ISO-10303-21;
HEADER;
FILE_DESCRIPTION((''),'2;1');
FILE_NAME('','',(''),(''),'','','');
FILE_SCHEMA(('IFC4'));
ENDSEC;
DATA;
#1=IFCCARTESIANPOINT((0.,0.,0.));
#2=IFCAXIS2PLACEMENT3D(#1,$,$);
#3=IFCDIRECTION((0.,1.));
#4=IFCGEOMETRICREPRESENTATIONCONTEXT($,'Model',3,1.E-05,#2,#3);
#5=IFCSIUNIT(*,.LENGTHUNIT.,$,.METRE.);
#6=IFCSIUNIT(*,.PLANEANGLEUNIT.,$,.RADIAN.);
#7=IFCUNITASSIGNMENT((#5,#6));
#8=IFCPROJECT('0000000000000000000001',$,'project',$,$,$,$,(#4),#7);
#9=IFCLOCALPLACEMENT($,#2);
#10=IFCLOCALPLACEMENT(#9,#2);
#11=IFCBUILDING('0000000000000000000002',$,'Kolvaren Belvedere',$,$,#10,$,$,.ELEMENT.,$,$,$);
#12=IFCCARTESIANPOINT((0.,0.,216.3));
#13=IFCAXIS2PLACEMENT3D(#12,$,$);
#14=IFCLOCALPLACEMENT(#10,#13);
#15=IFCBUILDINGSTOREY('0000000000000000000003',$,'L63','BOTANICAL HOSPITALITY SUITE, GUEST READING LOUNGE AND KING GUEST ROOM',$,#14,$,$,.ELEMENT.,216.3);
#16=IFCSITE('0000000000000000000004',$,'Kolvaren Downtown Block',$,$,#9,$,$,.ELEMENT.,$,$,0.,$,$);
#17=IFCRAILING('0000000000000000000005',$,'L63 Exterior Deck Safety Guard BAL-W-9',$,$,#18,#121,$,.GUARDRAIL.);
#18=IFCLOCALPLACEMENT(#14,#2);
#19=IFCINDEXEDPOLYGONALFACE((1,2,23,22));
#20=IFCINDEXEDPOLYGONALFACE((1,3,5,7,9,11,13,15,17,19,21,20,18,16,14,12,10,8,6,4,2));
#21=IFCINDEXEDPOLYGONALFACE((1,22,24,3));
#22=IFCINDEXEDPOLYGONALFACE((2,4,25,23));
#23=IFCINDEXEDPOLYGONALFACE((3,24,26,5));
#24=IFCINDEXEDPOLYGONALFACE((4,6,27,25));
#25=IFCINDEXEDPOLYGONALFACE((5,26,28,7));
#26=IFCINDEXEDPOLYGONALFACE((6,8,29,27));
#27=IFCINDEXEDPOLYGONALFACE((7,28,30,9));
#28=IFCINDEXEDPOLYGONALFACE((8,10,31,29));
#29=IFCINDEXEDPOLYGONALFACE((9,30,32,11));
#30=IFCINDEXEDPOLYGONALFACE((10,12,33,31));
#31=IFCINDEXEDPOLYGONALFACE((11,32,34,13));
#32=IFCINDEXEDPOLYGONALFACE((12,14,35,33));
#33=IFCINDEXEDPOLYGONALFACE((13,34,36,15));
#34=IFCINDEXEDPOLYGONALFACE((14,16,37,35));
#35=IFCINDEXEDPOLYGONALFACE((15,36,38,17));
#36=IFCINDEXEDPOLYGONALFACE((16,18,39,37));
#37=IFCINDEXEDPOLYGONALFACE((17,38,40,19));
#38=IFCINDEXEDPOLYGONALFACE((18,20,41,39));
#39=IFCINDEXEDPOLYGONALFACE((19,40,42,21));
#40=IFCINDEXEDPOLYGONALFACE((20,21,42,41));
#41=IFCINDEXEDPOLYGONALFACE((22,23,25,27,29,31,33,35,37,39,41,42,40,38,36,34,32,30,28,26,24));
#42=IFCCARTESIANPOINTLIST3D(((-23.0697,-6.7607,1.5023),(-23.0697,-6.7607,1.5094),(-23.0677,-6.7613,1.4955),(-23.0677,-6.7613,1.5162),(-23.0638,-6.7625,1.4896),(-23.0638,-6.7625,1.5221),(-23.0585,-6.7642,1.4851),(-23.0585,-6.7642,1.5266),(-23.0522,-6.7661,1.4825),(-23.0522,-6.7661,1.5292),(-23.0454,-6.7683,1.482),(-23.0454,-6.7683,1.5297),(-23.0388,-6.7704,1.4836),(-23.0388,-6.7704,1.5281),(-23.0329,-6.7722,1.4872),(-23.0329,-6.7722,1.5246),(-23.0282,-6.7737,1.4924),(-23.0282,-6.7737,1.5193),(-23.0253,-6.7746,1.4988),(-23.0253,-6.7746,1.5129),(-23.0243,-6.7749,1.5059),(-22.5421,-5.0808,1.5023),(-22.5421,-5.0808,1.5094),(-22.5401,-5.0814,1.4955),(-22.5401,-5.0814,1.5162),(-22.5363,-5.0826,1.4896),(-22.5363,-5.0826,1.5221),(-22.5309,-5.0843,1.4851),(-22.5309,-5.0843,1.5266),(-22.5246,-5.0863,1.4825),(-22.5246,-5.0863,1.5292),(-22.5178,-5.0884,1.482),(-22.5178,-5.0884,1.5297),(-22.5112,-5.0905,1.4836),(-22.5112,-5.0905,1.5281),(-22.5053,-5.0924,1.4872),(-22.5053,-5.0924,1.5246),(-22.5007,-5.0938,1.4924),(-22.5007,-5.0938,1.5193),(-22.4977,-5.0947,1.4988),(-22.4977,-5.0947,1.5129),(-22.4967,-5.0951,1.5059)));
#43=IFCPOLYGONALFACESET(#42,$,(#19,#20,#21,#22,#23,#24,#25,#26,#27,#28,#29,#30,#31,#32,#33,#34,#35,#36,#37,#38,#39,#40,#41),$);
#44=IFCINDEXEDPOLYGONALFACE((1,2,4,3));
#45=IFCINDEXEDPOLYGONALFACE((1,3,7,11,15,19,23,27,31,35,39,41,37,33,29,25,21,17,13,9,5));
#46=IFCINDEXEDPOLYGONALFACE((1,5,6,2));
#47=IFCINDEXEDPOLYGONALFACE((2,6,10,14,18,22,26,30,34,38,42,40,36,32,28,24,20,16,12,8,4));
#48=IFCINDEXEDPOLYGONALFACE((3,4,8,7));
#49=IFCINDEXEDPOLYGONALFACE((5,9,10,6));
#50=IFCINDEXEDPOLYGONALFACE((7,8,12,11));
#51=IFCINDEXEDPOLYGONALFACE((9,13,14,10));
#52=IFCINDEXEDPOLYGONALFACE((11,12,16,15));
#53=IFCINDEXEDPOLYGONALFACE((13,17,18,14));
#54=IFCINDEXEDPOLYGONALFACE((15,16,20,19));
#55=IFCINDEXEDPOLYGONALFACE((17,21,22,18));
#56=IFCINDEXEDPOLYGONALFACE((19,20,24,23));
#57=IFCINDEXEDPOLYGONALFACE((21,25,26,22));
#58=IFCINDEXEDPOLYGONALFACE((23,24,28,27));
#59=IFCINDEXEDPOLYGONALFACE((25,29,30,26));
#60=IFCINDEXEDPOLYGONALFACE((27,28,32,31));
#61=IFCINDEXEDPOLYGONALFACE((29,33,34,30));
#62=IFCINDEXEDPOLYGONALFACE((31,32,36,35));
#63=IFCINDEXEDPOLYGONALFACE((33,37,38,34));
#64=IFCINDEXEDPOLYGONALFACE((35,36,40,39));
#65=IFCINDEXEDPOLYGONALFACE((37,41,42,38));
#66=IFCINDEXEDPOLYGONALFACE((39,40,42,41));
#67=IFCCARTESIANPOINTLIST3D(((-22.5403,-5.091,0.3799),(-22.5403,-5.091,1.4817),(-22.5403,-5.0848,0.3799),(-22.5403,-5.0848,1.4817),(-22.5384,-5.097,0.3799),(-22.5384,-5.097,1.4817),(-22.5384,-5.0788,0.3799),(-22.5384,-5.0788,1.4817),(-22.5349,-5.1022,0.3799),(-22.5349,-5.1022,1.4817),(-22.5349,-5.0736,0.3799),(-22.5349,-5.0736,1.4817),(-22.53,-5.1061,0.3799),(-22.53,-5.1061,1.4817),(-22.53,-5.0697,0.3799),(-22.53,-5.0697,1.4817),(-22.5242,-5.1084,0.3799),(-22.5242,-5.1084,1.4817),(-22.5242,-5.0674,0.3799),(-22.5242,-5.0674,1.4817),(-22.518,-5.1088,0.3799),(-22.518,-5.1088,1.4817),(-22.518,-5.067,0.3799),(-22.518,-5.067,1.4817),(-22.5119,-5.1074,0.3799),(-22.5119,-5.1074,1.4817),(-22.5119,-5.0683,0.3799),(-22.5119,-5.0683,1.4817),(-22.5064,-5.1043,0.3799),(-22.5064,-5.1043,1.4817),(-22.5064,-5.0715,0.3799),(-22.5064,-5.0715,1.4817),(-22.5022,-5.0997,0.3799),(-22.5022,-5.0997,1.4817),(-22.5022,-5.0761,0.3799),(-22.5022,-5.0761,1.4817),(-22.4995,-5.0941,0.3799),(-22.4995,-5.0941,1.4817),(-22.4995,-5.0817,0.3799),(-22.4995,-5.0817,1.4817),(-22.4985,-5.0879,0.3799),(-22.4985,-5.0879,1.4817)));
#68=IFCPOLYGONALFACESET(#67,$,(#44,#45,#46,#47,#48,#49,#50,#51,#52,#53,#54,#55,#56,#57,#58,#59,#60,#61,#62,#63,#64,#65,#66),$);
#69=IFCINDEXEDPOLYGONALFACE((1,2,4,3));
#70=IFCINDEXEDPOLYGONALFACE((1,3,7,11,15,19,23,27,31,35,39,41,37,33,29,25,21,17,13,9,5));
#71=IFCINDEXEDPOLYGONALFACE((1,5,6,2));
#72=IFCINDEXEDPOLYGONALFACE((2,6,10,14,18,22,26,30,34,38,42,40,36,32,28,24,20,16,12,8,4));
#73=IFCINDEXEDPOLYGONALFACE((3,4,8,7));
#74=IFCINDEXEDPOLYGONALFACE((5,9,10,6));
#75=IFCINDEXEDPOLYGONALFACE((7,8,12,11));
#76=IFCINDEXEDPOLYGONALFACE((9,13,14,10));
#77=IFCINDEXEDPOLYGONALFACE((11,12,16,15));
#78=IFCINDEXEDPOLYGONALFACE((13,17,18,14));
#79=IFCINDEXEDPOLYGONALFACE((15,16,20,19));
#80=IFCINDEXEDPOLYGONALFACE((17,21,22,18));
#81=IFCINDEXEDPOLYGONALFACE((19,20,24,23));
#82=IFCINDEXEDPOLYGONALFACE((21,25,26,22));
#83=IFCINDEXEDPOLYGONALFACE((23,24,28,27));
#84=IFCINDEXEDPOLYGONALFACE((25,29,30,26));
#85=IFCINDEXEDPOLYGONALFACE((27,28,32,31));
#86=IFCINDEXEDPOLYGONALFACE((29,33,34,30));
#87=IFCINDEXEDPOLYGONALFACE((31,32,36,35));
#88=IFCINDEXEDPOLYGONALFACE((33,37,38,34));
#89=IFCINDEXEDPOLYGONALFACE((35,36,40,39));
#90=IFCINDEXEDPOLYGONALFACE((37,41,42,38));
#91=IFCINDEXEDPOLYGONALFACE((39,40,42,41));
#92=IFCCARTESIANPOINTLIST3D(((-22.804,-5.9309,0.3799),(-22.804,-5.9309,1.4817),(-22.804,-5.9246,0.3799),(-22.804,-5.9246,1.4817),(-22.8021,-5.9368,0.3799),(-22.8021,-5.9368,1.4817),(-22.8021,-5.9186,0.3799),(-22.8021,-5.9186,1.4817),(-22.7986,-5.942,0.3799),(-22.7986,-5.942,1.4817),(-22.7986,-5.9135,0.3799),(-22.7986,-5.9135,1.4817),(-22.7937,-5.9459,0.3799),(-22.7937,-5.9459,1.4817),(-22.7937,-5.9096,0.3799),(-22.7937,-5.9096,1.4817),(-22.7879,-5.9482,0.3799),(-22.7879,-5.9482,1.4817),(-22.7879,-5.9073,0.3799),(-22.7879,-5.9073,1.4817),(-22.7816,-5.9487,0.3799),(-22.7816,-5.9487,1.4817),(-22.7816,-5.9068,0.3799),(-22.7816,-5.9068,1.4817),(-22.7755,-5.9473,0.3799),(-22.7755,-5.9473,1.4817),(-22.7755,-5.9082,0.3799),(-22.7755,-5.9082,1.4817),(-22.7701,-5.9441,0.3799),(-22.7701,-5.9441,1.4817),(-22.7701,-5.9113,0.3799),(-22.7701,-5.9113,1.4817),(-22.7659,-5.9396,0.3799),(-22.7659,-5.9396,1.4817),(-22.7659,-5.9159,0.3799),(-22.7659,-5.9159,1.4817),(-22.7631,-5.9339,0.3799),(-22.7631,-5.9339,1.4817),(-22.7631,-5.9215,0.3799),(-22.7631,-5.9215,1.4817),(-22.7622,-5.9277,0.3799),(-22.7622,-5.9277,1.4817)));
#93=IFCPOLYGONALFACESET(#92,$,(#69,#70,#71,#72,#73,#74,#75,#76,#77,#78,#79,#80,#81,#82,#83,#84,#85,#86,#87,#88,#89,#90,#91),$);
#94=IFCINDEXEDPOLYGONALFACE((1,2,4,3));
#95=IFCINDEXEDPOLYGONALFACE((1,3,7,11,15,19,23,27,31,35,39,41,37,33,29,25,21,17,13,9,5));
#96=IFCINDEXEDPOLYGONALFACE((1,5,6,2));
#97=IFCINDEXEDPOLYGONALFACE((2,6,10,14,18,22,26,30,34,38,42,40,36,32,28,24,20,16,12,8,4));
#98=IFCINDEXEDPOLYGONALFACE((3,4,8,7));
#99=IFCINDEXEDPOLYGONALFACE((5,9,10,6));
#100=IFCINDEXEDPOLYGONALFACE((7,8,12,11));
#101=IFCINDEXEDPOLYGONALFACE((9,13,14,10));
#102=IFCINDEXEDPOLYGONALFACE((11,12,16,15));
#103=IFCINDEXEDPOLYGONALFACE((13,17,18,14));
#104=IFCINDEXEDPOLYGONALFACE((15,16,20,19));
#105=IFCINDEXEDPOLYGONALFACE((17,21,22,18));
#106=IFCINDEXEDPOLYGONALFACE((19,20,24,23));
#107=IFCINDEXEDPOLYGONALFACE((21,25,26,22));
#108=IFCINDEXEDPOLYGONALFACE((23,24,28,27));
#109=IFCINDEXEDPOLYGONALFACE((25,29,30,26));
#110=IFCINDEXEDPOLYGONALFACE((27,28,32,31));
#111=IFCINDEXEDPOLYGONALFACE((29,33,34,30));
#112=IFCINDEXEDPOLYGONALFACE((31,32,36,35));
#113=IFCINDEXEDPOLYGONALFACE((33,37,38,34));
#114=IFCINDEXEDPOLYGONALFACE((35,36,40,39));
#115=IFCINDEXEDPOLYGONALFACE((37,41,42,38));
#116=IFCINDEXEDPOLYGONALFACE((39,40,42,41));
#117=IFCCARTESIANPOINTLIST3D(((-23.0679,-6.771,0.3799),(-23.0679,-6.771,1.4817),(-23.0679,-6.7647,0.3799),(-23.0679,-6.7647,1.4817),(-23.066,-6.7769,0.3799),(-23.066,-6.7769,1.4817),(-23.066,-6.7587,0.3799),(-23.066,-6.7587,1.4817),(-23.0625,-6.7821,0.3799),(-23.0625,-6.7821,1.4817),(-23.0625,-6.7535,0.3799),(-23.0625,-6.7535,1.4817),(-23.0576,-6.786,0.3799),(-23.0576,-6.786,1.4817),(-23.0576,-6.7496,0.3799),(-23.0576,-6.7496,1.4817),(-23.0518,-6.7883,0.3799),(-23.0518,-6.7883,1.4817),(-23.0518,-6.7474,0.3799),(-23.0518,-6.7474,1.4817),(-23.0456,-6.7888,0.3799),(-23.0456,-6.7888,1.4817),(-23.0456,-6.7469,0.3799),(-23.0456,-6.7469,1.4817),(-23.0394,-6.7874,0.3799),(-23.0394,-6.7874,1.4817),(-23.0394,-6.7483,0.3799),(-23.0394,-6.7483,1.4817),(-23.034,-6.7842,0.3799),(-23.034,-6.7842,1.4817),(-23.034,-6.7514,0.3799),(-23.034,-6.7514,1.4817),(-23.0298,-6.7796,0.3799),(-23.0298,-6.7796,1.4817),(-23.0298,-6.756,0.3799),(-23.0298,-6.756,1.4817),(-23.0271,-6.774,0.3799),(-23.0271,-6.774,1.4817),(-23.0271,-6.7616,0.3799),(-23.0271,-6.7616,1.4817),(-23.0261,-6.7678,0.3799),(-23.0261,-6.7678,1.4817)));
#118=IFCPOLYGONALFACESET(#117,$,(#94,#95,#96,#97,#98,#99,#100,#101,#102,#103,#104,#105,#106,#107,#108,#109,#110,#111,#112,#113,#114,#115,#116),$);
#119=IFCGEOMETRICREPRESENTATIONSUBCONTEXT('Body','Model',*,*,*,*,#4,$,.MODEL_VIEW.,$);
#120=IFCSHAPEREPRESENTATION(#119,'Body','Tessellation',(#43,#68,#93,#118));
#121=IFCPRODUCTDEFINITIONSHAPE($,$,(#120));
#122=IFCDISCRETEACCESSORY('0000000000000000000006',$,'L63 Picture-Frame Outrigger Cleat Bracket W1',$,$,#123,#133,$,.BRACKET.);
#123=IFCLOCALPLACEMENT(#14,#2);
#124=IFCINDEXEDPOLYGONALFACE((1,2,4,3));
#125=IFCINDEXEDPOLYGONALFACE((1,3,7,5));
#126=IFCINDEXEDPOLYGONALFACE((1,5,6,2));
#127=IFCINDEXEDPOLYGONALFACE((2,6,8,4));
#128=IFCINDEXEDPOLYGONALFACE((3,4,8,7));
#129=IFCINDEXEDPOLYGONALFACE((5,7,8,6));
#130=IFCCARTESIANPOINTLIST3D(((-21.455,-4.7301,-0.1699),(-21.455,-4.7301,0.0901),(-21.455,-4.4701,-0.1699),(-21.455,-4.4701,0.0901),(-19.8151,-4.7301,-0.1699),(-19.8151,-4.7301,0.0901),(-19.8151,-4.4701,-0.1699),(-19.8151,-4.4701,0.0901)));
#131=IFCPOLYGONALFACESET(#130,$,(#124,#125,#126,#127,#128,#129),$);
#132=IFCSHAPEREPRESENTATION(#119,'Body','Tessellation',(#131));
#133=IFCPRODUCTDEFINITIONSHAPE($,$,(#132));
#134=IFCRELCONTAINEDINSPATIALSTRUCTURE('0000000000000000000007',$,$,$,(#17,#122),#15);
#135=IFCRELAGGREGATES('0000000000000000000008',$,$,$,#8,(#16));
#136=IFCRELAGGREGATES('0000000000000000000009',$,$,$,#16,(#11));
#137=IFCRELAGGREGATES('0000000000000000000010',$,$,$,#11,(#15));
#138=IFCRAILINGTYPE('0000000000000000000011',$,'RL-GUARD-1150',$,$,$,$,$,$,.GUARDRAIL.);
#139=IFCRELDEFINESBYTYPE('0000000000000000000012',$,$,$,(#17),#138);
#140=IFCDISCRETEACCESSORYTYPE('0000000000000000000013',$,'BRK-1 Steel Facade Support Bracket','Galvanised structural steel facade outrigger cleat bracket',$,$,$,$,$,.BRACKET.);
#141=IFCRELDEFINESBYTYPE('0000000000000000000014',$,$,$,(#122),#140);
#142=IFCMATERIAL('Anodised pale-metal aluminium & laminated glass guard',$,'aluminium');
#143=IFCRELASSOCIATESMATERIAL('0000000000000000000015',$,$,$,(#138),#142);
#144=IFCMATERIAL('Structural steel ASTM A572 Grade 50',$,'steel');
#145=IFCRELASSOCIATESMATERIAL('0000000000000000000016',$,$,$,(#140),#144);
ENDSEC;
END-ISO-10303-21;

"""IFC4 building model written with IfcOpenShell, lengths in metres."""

from ifc_helpers import new_model, si_unit, direction, frame, origin, origin_2d, place, context, subcontext, project, spatial, rectangle, circle, extrude, material, type_object, element, save


model = new_model("IFC4")

# Units and contexts
model_context = context("Model", 3, precision=1e-05, world=origin(), true_north=direction((0.0, 1.0)))
body_context = subcontext(model_context, "Body", "Model", "MODEL_VIEW")
ifc_project = project(units=[si_unit("LENGTHUNIT", "METRE"), si_unit("PLANEANGLEUNIT", "RADIAN")], contexts=[model_context])

# Site, building, storey
site_placement = place(None, origin())
site = spatial("IfcSite", under=ifc_project, at=site_placement, Name="Kolvaren Downtown Block", CompositionType="ELEMENT", RefElevation=0.0)
building_placement = place(site_placement, origin())
building = spatial("IfcBuilding", under=site, at=building_placement, Name="Kolvaren Belvedere", CompositionType="ELEMENT")
storey_placement = place(building_placement, frame((0.0, 0.0, 216.3)))
storey = spatial("IfcBuildingStorey", under=building, at=storey_placement, Name="L63", Description="BOTANICAL HOSPITALITY SUITE, GUEST READING LOUNGE AND KING GUEST ROOM", CompositionType="ELEMENT", Elevation=216.3)

# Railing
ifc_material_1 = material(Name="Anodised pale-metal aluminium & laminated glass guard", Category="aluminium")
railing_type = type_object("IfcRailingType", Name="RL-GUARD-1150", PredefinedType="GUARDRAIL", material=ifc_material_1)
railing_1_placement = place(storey_placement, frame((-22.5195, -5.0879, 0.3799)))
element("IfcRailing", 1, at=railing_1_placement, inside=storey, type_object=railing_type, Name="L63 Exterior Deck Safety Guard BAL-W-9", PredefinedType="GUARDRAIL", context=body_context, shape_type="SweptSolid", body=[
    extrude(circle(Radius=0.0239, at=origin_2d()), frame((0.0, 0.0, 1.126), z_axis=(-0.299625, -0.954057, 0.0), x_axis=(0.954057, -0.299625, 0.0)), (0.0, 0.0, 1.0), 1.7607),
    extrude(circle(Radius=0.021, at=origin_2d()), origin(), (0.0, 0.0, 1.0), 1.1018),
    extrude(circle(Radius=0.021, at=origin_2d()), frame((-0.2637, -0.8398, 0.0)), (0.0, 0.0, 1.0), 1.1018),
    extrude(circle(Radius=0.021, at=origin_2d()), frame((-0.5276, -1.6799, 0.0)), (0.0, 0.0, 1.0), 1.1018),
])

# Discrete accessory
ifc_material_2 = material(Name="Structural steel ASTM A572 Grade 50", Category="steel")
discrete_accessory_type = type_object("IfcDiscreteAccessoryType", Name="BRK-1 Steel Facade Support Bracket", Description="Galvanised structural steel facade outrigger cleat bracket", PredefinedType="BRACKET", material=ifc_material_2)
discrete_accessory_placement = place(storey_placement, frame((-20.635, -4.6001, -0.1699), z_axis=(0.0, 0.0, 1.0), x_axis=(1.0, 0.0, 0.0)))
element("IfcDiscreteAccessory", 2, at=discrete_accessory_placement, inside=storey, type_object=discrete_accessory_type, Name="L63 Picture-Frame Outrigger Cleat Bracket W1", PredefinedType="BRACKET", context=body_context, shape_type="SweptSolid", body=[
    extrude(rectangle(XDim=1.6399, YDim=0.26, at=origin_2d()), origin(), (0.0, 0.0, 1.0), 0.26),
])

save(model, "model.ifc")
